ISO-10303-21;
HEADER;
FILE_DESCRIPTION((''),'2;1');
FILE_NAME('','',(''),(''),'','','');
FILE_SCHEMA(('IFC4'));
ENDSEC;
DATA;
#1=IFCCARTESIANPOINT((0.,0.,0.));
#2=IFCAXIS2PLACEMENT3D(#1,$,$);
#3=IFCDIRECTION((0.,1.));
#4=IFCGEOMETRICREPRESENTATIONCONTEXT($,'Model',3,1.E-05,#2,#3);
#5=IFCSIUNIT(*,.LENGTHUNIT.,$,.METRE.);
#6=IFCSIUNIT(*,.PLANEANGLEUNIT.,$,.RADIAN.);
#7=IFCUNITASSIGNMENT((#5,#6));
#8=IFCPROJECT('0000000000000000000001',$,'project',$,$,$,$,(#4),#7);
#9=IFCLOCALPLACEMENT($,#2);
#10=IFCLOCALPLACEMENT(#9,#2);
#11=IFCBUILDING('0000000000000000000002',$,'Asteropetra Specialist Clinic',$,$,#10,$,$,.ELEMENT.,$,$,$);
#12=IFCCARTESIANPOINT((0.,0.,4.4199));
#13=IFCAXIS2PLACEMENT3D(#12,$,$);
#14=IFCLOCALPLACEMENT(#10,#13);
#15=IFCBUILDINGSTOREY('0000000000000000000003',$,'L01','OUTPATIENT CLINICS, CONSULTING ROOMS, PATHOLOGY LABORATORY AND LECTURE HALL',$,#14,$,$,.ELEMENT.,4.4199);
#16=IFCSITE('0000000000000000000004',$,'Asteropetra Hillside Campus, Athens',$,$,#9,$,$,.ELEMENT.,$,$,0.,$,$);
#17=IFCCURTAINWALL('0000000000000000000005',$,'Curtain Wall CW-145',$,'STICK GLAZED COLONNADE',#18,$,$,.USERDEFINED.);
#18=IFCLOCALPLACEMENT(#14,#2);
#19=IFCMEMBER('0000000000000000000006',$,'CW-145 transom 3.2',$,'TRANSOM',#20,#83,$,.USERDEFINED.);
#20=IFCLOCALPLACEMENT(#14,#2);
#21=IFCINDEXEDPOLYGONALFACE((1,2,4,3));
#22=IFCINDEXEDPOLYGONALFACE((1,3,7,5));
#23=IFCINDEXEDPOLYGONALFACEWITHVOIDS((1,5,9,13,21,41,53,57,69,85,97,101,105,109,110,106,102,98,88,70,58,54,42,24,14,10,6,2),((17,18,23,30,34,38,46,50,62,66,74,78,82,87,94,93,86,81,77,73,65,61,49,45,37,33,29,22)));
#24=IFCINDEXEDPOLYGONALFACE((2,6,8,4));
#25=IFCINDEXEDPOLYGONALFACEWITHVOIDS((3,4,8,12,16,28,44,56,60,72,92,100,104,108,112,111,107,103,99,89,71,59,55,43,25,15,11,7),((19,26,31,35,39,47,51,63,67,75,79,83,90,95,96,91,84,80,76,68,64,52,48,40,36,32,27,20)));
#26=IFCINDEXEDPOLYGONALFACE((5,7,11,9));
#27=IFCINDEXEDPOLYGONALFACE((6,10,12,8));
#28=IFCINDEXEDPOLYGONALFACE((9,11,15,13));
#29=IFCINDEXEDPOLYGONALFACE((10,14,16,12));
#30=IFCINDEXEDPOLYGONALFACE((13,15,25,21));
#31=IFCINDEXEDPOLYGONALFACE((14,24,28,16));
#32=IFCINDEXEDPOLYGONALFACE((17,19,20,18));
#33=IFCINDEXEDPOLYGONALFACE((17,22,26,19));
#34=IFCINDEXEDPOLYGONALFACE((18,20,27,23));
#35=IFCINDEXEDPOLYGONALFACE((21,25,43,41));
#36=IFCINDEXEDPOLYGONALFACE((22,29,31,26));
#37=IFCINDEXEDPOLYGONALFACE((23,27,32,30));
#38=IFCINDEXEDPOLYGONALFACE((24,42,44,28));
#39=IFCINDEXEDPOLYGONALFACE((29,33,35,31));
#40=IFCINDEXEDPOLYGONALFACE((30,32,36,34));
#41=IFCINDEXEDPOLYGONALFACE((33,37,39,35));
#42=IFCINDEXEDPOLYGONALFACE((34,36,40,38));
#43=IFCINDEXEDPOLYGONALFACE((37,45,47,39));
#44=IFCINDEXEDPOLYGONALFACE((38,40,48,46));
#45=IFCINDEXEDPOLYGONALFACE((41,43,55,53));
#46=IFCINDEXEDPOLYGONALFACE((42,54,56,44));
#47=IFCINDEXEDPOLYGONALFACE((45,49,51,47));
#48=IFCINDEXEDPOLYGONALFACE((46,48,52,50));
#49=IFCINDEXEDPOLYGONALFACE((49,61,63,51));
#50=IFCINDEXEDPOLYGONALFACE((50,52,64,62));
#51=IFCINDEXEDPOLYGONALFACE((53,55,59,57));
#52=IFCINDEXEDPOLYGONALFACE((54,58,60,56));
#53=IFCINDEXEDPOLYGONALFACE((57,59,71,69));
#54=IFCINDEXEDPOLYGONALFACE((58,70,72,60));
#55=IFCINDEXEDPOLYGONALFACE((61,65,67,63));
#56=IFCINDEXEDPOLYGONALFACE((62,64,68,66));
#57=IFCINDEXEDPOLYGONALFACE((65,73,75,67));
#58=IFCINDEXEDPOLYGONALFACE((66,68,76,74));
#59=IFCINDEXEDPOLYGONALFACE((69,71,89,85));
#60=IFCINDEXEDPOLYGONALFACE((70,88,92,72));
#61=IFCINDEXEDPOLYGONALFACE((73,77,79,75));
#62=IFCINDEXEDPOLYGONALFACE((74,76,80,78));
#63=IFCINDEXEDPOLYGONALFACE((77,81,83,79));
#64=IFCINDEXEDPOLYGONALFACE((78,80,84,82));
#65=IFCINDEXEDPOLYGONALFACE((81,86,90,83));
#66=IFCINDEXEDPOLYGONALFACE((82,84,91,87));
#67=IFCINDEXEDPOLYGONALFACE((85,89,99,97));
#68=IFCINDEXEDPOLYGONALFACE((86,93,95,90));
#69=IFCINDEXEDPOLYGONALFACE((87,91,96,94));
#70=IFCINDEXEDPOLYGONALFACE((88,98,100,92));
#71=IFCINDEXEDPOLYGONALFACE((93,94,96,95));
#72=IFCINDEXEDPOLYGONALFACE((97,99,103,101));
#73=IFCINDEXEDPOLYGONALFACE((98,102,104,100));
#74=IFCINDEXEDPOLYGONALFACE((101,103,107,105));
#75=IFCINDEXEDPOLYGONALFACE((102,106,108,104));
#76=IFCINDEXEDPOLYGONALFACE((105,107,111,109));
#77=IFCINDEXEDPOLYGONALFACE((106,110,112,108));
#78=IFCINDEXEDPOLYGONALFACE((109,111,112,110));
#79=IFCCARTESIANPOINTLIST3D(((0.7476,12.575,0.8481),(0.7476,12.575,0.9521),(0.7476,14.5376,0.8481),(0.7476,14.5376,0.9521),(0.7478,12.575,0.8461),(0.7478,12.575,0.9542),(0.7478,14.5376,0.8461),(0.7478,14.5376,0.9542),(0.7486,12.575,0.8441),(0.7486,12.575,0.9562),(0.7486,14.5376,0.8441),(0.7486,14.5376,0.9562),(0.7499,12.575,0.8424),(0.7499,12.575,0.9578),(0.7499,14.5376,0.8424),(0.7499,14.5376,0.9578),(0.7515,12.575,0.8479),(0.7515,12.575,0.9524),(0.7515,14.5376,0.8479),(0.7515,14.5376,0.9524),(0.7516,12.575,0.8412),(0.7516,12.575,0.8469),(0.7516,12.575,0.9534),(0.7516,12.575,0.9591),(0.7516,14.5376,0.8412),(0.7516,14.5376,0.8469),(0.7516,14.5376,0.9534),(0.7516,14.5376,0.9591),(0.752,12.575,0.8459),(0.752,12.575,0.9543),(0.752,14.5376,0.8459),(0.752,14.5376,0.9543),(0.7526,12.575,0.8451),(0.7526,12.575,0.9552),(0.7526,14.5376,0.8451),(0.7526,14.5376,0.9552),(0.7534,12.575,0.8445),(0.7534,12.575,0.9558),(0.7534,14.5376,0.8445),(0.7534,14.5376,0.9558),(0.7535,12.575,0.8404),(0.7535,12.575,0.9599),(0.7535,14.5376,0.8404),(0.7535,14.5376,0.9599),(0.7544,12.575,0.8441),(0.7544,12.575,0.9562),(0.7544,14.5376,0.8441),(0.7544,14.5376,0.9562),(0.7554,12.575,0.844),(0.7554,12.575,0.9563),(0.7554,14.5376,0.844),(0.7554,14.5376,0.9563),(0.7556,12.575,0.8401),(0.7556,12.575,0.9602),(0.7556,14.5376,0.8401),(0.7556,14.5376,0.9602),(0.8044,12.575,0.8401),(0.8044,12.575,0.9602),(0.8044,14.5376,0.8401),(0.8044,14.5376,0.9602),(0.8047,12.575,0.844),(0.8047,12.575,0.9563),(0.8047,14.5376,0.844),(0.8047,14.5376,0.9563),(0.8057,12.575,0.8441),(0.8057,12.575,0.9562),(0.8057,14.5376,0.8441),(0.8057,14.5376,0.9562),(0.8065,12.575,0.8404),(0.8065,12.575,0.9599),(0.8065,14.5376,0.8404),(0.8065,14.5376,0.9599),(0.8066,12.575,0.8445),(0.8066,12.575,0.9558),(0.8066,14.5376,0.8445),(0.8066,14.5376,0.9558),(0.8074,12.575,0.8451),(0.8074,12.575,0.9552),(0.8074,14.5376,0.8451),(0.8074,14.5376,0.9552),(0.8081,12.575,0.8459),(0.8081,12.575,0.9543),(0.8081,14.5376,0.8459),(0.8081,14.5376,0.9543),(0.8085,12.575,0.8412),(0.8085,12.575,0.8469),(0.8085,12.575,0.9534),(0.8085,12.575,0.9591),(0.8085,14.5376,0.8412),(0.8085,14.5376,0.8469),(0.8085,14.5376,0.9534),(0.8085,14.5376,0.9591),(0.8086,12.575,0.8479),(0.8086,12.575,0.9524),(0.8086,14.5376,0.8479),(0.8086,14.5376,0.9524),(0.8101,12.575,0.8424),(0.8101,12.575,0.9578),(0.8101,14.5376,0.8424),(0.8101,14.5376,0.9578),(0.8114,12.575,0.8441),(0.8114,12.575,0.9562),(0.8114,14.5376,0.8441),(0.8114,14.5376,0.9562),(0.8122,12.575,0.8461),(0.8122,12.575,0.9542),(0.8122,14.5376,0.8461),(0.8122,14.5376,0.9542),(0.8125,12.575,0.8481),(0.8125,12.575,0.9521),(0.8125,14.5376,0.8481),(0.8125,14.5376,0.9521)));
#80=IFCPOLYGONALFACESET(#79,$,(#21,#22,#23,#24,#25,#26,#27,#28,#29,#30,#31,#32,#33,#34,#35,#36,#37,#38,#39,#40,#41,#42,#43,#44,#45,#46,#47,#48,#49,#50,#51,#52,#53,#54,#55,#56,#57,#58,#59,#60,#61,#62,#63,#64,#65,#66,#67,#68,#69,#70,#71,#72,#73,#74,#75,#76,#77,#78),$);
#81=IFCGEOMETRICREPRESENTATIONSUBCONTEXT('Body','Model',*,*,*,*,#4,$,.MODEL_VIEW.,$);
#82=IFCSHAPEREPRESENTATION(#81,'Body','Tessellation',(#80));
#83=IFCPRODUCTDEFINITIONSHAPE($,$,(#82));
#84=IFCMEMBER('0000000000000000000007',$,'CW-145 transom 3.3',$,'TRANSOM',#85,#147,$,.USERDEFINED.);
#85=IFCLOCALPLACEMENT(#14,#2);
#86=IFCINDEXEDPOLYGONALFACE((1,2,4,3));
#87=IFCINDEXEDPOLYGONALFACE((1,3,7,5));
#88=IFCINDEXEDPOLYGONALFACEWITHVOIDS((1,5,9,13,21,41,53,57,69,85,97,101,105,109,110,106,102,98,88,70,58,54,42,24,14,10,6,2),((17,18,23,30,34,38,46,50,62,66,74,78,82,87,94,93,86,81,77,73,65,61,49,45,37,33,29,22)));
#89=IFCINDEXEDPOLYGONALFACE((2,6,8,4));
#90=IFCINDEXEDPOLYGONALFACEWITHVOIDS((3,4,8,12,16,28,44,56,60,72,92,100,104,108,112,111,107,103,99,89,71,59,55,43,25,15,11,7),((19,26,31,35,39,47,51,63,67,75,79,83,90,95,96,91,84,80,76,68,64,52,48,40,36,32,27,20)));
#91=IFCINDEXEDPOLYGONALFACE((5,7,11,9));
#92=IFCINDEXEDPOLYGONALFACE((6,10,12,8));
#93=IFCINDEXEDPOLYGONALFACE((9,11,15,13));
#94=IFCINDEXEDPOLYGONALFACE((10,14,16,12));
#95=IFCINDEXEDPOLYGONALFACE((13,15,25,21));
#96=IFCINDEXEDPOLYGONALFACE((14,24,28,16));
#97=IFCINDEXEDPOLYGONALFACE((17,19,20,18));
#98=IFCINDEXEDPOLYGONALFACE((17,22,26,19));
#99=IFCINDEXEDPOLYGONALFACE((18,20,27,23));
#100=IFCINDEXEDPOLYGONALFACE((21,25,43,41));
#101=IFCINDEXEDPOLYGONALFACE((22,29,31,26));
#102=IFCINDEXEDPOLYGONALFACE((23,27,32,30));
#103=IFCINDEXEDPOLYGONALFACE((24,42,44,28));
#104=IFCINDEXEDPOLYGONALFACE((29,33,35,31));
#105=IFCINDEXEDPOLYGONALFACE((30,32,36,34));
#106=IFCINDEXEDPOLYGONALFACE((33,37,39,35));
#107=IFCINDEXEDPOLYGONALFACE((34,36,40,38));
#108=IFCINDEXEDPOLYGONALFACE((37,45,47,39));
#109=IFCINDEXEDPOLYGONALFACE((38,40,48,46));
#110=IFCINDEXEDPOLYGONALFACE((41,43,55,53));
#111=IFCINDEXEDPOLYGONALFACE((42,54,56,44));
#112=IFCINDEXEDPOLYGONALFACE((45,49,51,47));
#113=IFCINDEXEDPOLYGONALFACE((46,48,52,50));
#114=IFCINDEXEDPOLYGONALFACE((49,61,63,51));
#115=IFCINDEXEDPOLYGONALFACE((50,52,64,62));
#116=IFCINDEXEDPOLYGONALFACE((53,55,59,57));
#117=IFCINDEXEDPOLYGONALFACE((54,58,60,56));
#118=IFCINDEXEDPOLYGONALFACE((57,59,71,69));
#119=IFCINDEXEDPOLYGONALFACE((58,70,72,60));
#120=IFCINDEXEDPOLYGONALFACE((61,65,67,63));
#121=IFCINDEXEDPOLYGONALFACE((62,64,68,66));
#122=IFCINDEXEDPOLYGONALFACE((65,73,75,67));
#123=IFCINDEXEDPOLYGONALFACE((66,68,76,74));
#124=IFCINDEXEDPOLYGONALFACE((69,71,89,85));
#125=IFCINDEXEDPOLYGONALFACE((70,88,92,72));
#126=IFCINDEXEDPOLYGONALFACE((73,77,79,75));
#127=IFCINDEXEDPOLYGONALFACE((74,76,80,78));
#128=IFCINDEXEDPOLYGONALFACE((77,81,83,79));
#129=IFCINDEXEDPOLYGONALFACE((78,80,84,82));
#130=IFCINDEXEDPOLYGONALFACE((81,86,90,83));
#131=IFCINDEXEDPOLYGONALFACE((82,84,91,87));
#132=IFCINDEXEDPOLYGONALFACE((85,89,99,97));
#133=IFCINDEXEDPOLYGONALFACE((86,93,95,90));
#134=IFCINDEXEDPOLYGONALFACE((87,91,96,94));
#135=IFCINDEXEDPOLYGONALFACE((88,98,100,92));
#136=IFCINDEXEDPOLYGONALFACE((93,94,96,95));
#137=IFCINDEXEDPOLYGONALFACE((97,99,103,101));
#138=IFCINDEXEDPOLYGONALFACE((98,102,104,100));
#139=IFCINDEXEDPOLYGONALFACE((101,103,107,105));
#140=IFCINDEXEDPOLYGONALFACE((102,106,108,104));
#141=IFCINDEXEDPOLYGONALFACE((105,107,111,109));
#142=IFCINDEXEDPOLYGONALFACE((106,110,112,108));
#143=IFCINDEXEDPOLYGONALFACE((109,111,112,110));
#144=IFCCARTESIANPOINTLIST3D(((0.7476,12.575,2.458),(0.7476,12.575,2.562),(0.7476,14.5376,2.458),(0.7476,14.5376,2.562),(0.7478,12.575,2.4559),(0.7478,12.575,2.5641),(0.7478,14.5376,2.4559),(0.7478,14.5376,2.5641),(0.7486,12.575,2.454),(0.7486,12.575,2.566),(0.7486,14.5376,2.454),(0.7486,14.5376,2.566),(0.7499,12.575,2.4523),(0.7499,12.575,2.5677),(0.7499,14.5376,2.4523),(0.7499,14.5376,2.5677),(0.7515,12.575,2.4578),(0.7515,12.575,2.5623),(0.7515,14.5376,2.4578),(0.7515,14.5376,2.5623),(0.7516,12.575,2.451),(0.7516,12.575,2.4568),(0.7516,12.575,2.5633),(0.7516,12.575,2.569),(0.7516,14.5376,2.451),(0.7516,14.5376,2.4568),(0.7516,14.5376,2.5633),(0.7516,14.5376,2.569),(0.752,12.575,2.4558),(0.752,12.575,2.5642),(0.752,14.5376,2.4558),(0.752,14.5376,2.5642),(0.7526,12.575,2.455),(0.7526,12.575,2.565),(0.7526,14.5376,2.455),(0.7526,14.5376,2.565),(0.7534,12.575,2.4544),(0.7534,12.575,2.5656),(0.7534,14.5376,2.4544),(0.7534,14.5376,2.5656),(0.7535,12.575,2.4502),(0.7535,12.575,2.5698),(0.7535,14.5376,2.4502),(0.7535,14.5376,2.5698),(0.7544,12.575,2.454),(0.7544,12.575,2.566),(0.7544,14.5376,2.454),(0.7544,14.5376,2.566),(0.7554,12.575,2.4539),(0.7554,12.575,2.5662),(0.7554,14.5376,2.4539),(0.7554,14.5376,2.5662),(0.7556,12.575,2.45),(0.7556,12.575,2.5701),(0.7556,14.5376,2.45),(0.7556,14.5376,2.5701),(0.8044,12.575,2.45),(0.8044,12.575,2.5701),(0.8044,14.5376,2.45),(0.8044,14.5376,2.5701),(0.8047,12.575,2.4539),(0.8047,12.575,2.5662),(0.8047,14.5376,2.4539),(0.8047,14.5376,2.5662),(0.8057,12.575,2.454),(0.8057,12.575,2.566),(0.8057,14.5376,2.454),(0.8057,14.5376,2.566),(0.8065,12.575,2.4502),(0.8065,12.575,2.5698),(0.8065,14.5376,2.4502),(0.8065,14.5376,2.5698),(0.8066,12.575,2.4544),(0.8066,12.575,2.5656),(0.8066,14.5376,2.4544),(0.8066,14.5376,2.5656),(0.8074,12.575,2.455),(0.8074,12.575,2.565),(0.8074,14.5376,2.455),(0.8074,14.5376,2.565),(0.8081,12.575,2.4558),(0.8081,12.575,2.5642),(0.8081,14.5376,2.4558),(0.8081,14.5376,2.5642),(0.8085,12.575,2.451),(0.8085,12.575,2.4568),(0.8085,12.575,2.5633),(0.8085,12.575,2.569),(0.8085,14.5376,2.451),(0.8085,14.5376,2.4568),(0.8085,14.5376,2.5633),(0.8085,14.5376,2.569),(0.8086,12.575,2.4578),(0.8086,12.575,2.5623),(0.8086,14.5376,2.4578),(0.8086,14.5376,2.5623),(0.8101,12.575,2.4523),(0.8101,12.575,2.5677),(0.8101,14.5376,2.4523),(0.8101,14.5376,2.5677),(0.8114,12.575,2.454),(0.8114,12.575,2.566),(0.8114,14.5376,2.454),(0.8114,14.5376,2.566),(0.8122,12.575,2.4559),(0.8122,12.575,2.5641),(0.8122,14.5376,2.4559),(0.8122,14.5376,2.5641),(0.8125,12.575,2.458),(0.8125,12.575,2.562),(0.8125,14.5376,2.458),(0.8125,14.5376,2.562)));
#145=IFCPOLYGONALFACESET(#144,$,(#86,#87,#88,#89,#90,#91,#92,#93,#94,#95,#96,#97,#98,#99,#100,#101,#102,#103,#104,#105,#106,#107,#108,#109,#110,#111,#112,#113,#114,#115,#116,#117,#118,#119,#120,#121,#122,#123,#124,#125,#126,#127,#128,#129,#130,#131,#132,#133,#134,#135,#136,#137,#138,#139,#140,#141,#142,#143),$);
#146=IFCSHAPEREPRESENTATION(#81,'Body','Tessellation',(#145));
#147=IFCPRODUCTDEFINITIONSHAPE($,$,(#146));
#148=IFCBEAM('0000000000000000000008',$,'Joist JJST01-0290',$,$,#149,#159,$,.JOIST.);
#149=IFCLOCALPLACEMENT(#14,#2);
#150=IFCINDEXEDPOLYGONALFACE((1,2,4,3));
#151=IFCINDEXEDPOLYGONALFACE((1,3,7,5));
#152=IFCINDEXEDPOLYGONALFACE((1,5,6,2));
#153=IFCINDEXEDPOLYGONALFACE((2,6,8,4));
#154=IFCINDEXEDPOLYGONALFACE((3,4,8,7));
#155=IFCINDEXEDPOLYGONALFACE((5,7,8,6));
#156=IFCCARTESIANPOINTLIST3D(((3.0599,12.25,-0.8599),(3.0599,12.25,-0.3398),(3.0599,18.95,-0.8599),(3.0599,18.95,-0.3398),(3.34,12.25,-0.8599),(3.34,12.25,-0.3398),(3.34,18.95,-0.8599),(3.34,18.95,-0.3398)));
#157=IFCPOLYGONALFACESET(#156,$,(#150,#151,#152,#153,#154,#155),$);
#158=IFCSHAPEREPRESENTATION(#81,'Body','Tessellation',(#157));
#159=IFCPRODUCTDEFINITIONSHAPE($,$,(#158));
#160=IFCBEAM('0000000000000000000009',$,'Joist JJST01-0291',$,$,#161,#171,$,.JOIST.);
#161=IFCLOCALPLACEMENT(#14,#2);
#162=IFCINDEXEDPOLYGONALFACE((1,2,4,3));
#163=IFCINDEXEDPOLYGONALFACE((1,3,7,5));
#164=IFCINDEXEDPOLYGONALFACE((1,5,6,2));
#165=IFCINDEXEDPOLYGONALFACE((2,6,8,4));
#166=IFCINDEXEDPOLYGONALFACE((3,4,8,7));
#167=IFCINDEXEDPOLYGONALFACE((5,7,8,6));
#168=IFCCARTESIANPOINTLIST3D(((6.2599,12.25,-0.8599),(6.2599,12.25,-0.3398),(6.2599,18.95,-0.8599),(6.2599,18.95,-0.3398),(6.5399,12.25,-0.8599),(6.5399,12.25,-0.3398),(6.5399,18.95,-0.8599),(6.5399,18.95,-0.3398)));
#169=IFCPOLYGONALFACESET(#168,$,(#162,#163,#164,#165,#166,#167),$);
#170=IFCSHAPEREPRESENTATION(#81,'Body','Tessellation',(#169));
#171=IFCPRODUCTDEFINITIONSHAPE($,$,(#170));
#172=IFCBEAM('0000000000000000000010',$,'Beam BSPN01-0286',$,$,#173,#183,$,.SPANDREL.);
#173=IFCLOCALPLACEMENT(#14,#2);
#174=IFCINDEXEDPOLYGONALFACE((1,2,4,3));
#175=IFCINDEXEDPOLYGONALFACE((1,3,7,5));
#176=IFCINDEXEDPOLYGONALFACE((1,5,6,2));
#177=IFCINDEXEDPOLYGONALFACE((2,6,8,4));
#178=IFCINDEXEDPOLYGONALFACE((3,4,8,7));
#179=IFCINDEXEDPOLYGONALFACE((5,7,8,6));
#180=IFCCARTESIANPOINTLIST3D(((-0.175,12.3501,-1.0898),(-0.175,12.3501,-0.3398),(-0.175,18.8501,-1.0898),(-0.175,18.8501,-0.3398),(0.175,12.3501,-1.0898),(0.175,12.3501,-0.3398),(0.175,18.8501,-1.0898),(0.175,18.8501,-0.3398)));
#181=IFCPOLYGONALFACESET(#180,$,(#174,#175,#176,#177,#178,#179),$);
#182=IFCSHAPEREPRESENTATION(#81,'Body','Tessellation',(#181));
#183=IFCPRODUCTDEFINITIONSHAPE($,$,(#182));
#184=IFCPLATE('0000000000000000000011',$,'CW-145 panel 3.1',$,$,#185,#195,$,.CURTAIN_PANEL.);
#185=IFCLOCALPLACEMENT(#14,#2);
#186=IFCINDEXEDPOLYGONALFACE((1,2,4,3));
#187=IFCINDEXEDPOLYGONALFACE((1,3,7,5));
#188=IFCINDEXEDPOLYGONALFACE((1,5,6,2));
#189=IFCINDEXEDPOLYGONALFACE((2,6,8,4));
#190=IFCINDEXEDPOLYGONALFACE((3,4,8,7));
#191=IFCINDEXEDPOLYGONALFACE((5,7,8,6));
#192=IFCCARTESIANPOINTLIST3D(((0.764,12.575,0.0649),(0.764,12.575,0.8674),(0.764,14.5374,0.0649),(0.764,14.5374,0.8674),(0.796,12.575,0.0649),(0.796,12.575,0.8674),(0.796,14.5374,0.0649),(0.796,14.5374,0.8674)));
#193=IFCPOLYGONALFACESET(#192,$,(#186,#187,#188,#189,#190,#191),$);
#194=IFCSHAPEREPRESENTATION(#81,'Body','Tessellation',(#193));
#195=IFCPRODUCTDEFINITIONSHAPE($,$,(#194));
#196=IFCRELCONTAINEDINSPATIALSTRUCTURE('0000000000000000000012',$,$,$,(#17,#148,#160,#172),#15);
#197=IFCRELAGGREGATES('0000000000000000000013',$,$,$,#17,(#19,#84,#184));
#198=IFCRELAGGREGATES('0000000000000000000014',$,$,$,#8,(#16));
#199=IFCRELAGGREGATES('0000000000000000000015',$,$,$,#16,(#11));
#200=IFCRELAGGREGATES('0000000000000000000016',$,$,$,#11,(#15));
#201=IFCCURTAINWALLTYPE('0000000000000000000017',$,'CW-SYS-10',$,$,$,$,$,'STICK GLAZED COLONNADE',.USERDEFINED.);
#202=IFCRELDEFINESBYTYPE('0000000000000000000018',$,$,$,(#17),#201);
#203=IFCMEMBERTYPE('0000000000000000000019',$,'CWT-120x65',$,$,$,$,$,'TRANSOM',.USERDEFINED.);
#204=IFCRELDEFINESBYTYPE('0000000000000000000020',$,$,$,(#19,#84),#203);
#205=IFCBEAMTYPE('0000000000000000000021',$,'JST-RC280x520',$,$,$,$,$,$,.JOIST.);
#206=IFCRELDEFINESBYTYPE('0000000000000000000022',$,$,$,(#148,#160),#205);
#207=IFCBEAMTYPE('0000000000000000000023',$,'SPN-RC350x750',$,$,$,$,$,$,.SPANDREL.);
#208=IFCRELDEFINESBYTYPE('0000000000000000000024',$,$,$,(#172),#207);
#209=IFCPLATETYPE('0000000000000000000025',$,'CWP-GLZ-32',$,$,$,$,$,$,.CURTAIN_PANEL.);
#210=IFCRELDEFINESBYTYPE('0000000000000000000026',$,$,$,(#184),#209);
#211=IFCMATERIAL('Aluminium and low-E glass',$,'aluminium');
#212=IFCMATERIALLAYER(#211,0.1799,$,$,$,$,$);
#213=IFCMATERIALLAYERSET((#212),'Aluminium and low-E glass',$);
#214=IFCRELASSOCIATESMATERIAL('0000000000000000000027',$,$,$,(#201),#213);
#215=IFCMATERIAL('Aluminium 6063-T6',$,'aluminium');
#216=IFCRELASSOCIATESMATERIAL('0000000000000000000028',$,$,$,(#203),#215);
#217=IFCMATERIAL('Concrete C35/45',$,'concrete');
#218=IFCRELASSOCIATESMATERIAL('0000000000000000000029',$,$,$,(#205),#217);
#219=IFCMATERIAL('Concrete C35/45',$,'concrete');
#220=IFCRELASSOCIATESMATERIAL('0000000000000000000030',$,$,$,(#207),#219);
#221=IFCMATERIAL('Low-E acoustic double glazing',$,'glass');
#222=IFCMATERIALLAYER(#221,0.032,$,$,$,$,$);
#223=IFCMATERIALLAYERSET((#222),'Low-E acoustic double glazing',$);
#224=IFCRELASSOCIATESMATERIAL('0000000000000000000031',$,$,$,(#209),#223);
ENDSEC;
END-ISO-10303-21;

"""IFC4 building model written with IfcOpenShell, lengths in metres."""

from ifc_helpers import new_model, si_unit, direction, frame, origin, origin_2d, place, context, subcontext, project, spatial, rectangle, hollow_rectangle, extrude, material, layer, layer_set, material_profile, profile_set, type_object, element, aggregate, save


model = new_model("IFC4")

# Units and contexts
model_context = context("Model", 3, precision=1e-05, world=origin(), true_north=direction((0.0, 1.0)))
body_context = subcontext(model_context, "Body", "Model", "MODEL_VIEW")
ifc_project = project(units=[si_unit("LENGTHUNIT", "METRE"), si_unit("PLANEANGLEUNIT", "RADIAN")], contexts=[model_context])

# Site, building, storey
site_placement = place(None, origin())
site = spatial("IfcSite", under=ifc_project, at=site_placement, Name="Asteropetra Hillside Campus, Athens", CompositionType="ELEMENT", RefElevation=0.0)
building_placement = place(site_placement, origin())
building = spatial("IfcBuilding", under=site, at=building_placement, Name="Asteropetra Specialist Clinic", CompositionType="ELEMENT")
storey_placement = place(building_placement, frame((0.0, 0.0, 4.4199)))
storey = spatial("IfcBuildingStorey", under=building, at=storey_placement, Name="L01", Description="OUTPATIENT CLINICS, CONSULTING ROOMS, PATHOLOGY LABORATORY AND LECTURE HALL", CompositionType="ELEMENT", Elevation=4.4199)

# Curtain wall
ifc_material_1 = material(Name="Aluminium and low-E glass", Category="aluminium")
ifc_layer_1 = layer(ifc_material_1, 0.1799)
ifc_layer_set_1 = layer_set([ifc_layer_1], Name="Aluminium and low-E glass")
curtain_wall_type = type_object("IfcCurtainWallType", Name="CW-SYS-10", ElementType="STICK GLAZED COLONNADE", PredefinedType="USERDEFINED", material=ifc_layer_set_1)
curtain_wall_1_placement = place(storey_placement, origin())
curtain_wall_1 = element("IfcCurtainWall", 1, at=curtain_wall_1_placement, inside=storey, type_object=curtain_wall_type, Name="Curtain Wall CW-145", ObjectType="STICK GLAZED COLONNADE", PredefinedType="USERDEFINED")

# Members
ifc_material_2 = material(Name="Aluminium 6063-T6", Category="aluminium")
ifc_material_profile_1 = material_profile(ifc_material_2, hollow_rectangle(XDim=0.0649, YDim=0.1201, WallThickness=0.0039, InnerFilletRadius=0.0039, OuterFilletRadius=0.0081, at=origin_2d()), Name="TRN 120x65x4.0")
ifc_profile_set_1 = profile_set([ifc_material_profile_1], Name="Aluminium 6063-T6")
member_type_1 = type_object("IfcMemberType", Name="CWT-120x65", ElementType="TRANSOM", PredefinedType="USERDEFINED", material=ifc_profile_set_1)
member_1_placement = place(storey_placement, frame((0.78, 14.5376, 0.9001), z_axis=(0.0, -1.0, 0.0), x_axis=(1.0, 0.0, 0.0)))
member_1 = element("IfcMember", 2, at=member_1_placement, type_object=member_type_1, Name="CW-145 transom 3.2", ObjectType="TRANSOM", PredefinedType="USERDEFINED", context=body_context, shape_type="SweptSolid", body=[
    extrude(hollow_rectangle(XDim=0.0649, YDim=0.1201, WallThickness=0.0039, InnerFilletRadius=0.0039, OuterFilletRadius=0.0081, at=origin_2d()), origin(), (0.0, 0.0, 1.0), 1.9626),
])
member_2_placement = place(storey_placement, frame((0.78, 14.5376, 2.51), z_axis=(0.0, -1.0, 0.0), x_axis=(1.0, 0.0, 0.0)))
member_2 = element("IfcMember", 3, at=member_2_placement, type_object=member_type_1, Name="CW-145 transom 3.3", ObjectType="TRANSOM", PredefinedType="USERDEFINED", context=body_context, shape_type="SweptSolid", body=[
    extrude(hollow_rectangle(XDim=0.0649, YDim=0.1201, WallThickness=0.0039, InnerFilletRadius=0.0039, OuterFilletRadius=0.0081, at=origin_2d()), origin(), (0.0, 0.0, 1.0), 1.9626),
])

# Beams
ifc_material_3 = material(Name="Concrete C35/45", Category="concrete")
ifc_material_profile_2 = material_profile(ifc_material_3, rectangle(XDim=0.28, YDim=0.52, at=origin_2d()), Name="RCJ 280x520")
ifc_profile_set_2 = profile_set([ifc_material_profile_2], Name="Concrete C35/45")
beam_type_1 = type_object("IfcBeamType", Name="JST-RC280x520", PredefinedType="JOIST", material=ifc_profile_set_2)
for number, where, z_axis, x_axis, name in (
    (4, (3.2, 12.25, -0.5999), (0.0, 1.0, 0.0), (-1.0, 0.0, 0.0), "Joist JJST01-0290"),
    (5, (6.3999, 12.25, -0.5999), (0.0, 1.0, 0.0), (-1.0, 0.0, 0.0), "Joist JJST01-0291"),
):
    element("IfcBeam", number, at=place(storey_placement, frame(where, z_axis=z_axis, x_axis=x_axis)), inside=storey, type_object=beam_type_1, Name=name, PredefinedType="JOIST", context=body_context, shape_type="SweptSolid", body=[
        extrude(rectangle(XDim=0.28, YDim=0.52, at=origin_2d()), origin(), (0.0, 0.0, 1.0), 6.7),
    ])
ifc_material_4 = material(Name="Concrete C35/45", Category="concrete")
ifc_material_profile_3 = material_profile(ifc_material_4, rectangle(XDim=0.3501, YDim=0.75, at=origin_2d()), Name="RCS 350x750")
ifc_profile_set_3 = profile_set([ifc_material_profile_3], Name="Concrete C35/45")
beam_type_2 = type_object("IfcBeamType", Name="SPN-RC350x750", PredefinedType="SPANDREL", material=ifc_profile_set_3)
beam_1_placement = place(storey_placement, frame((0.0, 12.3501, -0.7148), z_axis=(0.0, 1.0, 0.0), x_axis=(-1.0, 0.0, 0.0)))
element("IfcBeam", 6, at=beam_1_placement, inside=storey, type_object=beam_type_2, Name="Beam BSPN01-0286", PredefinedType="SPANDREL", context=body_context, shape_type="SweptSolid", body=[
    extrude(rectangle(XDim=0.3501, YDim=0.75, at=origin_2d()), origin(), (0.0, 0.0, 1.0), 6.5),
])

# Plate
ifc_material_5 = material(Name="Low-E acoustic double glazing", Category="glass")
ifc_layer_2 = layer(ifc_material_5, 0.032)
ifc_layer_set_2 = layer_set([ifc_layer_2], Name="Low-E acoustic double glazing")
plate_type_1 = type_object("IfcPlateType", Name="CWP-GLZ-32", PredefinedType="CURTAIN_PANEL", material=ifc_layer_set_2)
plate_1_placement = place(storey_placement, frame((0.78, 13.5562, 0.0649), z_axis=(0.0, 0.0, 1.0), x_axis=(0.0, -1.0, 0.0)))
plate_1 = element("IfcPlate", 7, at=plate_1_placement, type_object=plate_type_1, Name="CW-145 panel 3.1", PredefinedType="CURTAIN_PANEL", context=body_context, shape_type="SweptSolid", body=[
    extrude(rectangle(XDim=1.9624, YDim=0.032, at=origin_2d()), origin(), (0.0, 0.0, 1.0), 0.8025),
])
aggregate(curtain_wall_1, [member_1, member_2, plate_1])

save(model, "model.ifc")
